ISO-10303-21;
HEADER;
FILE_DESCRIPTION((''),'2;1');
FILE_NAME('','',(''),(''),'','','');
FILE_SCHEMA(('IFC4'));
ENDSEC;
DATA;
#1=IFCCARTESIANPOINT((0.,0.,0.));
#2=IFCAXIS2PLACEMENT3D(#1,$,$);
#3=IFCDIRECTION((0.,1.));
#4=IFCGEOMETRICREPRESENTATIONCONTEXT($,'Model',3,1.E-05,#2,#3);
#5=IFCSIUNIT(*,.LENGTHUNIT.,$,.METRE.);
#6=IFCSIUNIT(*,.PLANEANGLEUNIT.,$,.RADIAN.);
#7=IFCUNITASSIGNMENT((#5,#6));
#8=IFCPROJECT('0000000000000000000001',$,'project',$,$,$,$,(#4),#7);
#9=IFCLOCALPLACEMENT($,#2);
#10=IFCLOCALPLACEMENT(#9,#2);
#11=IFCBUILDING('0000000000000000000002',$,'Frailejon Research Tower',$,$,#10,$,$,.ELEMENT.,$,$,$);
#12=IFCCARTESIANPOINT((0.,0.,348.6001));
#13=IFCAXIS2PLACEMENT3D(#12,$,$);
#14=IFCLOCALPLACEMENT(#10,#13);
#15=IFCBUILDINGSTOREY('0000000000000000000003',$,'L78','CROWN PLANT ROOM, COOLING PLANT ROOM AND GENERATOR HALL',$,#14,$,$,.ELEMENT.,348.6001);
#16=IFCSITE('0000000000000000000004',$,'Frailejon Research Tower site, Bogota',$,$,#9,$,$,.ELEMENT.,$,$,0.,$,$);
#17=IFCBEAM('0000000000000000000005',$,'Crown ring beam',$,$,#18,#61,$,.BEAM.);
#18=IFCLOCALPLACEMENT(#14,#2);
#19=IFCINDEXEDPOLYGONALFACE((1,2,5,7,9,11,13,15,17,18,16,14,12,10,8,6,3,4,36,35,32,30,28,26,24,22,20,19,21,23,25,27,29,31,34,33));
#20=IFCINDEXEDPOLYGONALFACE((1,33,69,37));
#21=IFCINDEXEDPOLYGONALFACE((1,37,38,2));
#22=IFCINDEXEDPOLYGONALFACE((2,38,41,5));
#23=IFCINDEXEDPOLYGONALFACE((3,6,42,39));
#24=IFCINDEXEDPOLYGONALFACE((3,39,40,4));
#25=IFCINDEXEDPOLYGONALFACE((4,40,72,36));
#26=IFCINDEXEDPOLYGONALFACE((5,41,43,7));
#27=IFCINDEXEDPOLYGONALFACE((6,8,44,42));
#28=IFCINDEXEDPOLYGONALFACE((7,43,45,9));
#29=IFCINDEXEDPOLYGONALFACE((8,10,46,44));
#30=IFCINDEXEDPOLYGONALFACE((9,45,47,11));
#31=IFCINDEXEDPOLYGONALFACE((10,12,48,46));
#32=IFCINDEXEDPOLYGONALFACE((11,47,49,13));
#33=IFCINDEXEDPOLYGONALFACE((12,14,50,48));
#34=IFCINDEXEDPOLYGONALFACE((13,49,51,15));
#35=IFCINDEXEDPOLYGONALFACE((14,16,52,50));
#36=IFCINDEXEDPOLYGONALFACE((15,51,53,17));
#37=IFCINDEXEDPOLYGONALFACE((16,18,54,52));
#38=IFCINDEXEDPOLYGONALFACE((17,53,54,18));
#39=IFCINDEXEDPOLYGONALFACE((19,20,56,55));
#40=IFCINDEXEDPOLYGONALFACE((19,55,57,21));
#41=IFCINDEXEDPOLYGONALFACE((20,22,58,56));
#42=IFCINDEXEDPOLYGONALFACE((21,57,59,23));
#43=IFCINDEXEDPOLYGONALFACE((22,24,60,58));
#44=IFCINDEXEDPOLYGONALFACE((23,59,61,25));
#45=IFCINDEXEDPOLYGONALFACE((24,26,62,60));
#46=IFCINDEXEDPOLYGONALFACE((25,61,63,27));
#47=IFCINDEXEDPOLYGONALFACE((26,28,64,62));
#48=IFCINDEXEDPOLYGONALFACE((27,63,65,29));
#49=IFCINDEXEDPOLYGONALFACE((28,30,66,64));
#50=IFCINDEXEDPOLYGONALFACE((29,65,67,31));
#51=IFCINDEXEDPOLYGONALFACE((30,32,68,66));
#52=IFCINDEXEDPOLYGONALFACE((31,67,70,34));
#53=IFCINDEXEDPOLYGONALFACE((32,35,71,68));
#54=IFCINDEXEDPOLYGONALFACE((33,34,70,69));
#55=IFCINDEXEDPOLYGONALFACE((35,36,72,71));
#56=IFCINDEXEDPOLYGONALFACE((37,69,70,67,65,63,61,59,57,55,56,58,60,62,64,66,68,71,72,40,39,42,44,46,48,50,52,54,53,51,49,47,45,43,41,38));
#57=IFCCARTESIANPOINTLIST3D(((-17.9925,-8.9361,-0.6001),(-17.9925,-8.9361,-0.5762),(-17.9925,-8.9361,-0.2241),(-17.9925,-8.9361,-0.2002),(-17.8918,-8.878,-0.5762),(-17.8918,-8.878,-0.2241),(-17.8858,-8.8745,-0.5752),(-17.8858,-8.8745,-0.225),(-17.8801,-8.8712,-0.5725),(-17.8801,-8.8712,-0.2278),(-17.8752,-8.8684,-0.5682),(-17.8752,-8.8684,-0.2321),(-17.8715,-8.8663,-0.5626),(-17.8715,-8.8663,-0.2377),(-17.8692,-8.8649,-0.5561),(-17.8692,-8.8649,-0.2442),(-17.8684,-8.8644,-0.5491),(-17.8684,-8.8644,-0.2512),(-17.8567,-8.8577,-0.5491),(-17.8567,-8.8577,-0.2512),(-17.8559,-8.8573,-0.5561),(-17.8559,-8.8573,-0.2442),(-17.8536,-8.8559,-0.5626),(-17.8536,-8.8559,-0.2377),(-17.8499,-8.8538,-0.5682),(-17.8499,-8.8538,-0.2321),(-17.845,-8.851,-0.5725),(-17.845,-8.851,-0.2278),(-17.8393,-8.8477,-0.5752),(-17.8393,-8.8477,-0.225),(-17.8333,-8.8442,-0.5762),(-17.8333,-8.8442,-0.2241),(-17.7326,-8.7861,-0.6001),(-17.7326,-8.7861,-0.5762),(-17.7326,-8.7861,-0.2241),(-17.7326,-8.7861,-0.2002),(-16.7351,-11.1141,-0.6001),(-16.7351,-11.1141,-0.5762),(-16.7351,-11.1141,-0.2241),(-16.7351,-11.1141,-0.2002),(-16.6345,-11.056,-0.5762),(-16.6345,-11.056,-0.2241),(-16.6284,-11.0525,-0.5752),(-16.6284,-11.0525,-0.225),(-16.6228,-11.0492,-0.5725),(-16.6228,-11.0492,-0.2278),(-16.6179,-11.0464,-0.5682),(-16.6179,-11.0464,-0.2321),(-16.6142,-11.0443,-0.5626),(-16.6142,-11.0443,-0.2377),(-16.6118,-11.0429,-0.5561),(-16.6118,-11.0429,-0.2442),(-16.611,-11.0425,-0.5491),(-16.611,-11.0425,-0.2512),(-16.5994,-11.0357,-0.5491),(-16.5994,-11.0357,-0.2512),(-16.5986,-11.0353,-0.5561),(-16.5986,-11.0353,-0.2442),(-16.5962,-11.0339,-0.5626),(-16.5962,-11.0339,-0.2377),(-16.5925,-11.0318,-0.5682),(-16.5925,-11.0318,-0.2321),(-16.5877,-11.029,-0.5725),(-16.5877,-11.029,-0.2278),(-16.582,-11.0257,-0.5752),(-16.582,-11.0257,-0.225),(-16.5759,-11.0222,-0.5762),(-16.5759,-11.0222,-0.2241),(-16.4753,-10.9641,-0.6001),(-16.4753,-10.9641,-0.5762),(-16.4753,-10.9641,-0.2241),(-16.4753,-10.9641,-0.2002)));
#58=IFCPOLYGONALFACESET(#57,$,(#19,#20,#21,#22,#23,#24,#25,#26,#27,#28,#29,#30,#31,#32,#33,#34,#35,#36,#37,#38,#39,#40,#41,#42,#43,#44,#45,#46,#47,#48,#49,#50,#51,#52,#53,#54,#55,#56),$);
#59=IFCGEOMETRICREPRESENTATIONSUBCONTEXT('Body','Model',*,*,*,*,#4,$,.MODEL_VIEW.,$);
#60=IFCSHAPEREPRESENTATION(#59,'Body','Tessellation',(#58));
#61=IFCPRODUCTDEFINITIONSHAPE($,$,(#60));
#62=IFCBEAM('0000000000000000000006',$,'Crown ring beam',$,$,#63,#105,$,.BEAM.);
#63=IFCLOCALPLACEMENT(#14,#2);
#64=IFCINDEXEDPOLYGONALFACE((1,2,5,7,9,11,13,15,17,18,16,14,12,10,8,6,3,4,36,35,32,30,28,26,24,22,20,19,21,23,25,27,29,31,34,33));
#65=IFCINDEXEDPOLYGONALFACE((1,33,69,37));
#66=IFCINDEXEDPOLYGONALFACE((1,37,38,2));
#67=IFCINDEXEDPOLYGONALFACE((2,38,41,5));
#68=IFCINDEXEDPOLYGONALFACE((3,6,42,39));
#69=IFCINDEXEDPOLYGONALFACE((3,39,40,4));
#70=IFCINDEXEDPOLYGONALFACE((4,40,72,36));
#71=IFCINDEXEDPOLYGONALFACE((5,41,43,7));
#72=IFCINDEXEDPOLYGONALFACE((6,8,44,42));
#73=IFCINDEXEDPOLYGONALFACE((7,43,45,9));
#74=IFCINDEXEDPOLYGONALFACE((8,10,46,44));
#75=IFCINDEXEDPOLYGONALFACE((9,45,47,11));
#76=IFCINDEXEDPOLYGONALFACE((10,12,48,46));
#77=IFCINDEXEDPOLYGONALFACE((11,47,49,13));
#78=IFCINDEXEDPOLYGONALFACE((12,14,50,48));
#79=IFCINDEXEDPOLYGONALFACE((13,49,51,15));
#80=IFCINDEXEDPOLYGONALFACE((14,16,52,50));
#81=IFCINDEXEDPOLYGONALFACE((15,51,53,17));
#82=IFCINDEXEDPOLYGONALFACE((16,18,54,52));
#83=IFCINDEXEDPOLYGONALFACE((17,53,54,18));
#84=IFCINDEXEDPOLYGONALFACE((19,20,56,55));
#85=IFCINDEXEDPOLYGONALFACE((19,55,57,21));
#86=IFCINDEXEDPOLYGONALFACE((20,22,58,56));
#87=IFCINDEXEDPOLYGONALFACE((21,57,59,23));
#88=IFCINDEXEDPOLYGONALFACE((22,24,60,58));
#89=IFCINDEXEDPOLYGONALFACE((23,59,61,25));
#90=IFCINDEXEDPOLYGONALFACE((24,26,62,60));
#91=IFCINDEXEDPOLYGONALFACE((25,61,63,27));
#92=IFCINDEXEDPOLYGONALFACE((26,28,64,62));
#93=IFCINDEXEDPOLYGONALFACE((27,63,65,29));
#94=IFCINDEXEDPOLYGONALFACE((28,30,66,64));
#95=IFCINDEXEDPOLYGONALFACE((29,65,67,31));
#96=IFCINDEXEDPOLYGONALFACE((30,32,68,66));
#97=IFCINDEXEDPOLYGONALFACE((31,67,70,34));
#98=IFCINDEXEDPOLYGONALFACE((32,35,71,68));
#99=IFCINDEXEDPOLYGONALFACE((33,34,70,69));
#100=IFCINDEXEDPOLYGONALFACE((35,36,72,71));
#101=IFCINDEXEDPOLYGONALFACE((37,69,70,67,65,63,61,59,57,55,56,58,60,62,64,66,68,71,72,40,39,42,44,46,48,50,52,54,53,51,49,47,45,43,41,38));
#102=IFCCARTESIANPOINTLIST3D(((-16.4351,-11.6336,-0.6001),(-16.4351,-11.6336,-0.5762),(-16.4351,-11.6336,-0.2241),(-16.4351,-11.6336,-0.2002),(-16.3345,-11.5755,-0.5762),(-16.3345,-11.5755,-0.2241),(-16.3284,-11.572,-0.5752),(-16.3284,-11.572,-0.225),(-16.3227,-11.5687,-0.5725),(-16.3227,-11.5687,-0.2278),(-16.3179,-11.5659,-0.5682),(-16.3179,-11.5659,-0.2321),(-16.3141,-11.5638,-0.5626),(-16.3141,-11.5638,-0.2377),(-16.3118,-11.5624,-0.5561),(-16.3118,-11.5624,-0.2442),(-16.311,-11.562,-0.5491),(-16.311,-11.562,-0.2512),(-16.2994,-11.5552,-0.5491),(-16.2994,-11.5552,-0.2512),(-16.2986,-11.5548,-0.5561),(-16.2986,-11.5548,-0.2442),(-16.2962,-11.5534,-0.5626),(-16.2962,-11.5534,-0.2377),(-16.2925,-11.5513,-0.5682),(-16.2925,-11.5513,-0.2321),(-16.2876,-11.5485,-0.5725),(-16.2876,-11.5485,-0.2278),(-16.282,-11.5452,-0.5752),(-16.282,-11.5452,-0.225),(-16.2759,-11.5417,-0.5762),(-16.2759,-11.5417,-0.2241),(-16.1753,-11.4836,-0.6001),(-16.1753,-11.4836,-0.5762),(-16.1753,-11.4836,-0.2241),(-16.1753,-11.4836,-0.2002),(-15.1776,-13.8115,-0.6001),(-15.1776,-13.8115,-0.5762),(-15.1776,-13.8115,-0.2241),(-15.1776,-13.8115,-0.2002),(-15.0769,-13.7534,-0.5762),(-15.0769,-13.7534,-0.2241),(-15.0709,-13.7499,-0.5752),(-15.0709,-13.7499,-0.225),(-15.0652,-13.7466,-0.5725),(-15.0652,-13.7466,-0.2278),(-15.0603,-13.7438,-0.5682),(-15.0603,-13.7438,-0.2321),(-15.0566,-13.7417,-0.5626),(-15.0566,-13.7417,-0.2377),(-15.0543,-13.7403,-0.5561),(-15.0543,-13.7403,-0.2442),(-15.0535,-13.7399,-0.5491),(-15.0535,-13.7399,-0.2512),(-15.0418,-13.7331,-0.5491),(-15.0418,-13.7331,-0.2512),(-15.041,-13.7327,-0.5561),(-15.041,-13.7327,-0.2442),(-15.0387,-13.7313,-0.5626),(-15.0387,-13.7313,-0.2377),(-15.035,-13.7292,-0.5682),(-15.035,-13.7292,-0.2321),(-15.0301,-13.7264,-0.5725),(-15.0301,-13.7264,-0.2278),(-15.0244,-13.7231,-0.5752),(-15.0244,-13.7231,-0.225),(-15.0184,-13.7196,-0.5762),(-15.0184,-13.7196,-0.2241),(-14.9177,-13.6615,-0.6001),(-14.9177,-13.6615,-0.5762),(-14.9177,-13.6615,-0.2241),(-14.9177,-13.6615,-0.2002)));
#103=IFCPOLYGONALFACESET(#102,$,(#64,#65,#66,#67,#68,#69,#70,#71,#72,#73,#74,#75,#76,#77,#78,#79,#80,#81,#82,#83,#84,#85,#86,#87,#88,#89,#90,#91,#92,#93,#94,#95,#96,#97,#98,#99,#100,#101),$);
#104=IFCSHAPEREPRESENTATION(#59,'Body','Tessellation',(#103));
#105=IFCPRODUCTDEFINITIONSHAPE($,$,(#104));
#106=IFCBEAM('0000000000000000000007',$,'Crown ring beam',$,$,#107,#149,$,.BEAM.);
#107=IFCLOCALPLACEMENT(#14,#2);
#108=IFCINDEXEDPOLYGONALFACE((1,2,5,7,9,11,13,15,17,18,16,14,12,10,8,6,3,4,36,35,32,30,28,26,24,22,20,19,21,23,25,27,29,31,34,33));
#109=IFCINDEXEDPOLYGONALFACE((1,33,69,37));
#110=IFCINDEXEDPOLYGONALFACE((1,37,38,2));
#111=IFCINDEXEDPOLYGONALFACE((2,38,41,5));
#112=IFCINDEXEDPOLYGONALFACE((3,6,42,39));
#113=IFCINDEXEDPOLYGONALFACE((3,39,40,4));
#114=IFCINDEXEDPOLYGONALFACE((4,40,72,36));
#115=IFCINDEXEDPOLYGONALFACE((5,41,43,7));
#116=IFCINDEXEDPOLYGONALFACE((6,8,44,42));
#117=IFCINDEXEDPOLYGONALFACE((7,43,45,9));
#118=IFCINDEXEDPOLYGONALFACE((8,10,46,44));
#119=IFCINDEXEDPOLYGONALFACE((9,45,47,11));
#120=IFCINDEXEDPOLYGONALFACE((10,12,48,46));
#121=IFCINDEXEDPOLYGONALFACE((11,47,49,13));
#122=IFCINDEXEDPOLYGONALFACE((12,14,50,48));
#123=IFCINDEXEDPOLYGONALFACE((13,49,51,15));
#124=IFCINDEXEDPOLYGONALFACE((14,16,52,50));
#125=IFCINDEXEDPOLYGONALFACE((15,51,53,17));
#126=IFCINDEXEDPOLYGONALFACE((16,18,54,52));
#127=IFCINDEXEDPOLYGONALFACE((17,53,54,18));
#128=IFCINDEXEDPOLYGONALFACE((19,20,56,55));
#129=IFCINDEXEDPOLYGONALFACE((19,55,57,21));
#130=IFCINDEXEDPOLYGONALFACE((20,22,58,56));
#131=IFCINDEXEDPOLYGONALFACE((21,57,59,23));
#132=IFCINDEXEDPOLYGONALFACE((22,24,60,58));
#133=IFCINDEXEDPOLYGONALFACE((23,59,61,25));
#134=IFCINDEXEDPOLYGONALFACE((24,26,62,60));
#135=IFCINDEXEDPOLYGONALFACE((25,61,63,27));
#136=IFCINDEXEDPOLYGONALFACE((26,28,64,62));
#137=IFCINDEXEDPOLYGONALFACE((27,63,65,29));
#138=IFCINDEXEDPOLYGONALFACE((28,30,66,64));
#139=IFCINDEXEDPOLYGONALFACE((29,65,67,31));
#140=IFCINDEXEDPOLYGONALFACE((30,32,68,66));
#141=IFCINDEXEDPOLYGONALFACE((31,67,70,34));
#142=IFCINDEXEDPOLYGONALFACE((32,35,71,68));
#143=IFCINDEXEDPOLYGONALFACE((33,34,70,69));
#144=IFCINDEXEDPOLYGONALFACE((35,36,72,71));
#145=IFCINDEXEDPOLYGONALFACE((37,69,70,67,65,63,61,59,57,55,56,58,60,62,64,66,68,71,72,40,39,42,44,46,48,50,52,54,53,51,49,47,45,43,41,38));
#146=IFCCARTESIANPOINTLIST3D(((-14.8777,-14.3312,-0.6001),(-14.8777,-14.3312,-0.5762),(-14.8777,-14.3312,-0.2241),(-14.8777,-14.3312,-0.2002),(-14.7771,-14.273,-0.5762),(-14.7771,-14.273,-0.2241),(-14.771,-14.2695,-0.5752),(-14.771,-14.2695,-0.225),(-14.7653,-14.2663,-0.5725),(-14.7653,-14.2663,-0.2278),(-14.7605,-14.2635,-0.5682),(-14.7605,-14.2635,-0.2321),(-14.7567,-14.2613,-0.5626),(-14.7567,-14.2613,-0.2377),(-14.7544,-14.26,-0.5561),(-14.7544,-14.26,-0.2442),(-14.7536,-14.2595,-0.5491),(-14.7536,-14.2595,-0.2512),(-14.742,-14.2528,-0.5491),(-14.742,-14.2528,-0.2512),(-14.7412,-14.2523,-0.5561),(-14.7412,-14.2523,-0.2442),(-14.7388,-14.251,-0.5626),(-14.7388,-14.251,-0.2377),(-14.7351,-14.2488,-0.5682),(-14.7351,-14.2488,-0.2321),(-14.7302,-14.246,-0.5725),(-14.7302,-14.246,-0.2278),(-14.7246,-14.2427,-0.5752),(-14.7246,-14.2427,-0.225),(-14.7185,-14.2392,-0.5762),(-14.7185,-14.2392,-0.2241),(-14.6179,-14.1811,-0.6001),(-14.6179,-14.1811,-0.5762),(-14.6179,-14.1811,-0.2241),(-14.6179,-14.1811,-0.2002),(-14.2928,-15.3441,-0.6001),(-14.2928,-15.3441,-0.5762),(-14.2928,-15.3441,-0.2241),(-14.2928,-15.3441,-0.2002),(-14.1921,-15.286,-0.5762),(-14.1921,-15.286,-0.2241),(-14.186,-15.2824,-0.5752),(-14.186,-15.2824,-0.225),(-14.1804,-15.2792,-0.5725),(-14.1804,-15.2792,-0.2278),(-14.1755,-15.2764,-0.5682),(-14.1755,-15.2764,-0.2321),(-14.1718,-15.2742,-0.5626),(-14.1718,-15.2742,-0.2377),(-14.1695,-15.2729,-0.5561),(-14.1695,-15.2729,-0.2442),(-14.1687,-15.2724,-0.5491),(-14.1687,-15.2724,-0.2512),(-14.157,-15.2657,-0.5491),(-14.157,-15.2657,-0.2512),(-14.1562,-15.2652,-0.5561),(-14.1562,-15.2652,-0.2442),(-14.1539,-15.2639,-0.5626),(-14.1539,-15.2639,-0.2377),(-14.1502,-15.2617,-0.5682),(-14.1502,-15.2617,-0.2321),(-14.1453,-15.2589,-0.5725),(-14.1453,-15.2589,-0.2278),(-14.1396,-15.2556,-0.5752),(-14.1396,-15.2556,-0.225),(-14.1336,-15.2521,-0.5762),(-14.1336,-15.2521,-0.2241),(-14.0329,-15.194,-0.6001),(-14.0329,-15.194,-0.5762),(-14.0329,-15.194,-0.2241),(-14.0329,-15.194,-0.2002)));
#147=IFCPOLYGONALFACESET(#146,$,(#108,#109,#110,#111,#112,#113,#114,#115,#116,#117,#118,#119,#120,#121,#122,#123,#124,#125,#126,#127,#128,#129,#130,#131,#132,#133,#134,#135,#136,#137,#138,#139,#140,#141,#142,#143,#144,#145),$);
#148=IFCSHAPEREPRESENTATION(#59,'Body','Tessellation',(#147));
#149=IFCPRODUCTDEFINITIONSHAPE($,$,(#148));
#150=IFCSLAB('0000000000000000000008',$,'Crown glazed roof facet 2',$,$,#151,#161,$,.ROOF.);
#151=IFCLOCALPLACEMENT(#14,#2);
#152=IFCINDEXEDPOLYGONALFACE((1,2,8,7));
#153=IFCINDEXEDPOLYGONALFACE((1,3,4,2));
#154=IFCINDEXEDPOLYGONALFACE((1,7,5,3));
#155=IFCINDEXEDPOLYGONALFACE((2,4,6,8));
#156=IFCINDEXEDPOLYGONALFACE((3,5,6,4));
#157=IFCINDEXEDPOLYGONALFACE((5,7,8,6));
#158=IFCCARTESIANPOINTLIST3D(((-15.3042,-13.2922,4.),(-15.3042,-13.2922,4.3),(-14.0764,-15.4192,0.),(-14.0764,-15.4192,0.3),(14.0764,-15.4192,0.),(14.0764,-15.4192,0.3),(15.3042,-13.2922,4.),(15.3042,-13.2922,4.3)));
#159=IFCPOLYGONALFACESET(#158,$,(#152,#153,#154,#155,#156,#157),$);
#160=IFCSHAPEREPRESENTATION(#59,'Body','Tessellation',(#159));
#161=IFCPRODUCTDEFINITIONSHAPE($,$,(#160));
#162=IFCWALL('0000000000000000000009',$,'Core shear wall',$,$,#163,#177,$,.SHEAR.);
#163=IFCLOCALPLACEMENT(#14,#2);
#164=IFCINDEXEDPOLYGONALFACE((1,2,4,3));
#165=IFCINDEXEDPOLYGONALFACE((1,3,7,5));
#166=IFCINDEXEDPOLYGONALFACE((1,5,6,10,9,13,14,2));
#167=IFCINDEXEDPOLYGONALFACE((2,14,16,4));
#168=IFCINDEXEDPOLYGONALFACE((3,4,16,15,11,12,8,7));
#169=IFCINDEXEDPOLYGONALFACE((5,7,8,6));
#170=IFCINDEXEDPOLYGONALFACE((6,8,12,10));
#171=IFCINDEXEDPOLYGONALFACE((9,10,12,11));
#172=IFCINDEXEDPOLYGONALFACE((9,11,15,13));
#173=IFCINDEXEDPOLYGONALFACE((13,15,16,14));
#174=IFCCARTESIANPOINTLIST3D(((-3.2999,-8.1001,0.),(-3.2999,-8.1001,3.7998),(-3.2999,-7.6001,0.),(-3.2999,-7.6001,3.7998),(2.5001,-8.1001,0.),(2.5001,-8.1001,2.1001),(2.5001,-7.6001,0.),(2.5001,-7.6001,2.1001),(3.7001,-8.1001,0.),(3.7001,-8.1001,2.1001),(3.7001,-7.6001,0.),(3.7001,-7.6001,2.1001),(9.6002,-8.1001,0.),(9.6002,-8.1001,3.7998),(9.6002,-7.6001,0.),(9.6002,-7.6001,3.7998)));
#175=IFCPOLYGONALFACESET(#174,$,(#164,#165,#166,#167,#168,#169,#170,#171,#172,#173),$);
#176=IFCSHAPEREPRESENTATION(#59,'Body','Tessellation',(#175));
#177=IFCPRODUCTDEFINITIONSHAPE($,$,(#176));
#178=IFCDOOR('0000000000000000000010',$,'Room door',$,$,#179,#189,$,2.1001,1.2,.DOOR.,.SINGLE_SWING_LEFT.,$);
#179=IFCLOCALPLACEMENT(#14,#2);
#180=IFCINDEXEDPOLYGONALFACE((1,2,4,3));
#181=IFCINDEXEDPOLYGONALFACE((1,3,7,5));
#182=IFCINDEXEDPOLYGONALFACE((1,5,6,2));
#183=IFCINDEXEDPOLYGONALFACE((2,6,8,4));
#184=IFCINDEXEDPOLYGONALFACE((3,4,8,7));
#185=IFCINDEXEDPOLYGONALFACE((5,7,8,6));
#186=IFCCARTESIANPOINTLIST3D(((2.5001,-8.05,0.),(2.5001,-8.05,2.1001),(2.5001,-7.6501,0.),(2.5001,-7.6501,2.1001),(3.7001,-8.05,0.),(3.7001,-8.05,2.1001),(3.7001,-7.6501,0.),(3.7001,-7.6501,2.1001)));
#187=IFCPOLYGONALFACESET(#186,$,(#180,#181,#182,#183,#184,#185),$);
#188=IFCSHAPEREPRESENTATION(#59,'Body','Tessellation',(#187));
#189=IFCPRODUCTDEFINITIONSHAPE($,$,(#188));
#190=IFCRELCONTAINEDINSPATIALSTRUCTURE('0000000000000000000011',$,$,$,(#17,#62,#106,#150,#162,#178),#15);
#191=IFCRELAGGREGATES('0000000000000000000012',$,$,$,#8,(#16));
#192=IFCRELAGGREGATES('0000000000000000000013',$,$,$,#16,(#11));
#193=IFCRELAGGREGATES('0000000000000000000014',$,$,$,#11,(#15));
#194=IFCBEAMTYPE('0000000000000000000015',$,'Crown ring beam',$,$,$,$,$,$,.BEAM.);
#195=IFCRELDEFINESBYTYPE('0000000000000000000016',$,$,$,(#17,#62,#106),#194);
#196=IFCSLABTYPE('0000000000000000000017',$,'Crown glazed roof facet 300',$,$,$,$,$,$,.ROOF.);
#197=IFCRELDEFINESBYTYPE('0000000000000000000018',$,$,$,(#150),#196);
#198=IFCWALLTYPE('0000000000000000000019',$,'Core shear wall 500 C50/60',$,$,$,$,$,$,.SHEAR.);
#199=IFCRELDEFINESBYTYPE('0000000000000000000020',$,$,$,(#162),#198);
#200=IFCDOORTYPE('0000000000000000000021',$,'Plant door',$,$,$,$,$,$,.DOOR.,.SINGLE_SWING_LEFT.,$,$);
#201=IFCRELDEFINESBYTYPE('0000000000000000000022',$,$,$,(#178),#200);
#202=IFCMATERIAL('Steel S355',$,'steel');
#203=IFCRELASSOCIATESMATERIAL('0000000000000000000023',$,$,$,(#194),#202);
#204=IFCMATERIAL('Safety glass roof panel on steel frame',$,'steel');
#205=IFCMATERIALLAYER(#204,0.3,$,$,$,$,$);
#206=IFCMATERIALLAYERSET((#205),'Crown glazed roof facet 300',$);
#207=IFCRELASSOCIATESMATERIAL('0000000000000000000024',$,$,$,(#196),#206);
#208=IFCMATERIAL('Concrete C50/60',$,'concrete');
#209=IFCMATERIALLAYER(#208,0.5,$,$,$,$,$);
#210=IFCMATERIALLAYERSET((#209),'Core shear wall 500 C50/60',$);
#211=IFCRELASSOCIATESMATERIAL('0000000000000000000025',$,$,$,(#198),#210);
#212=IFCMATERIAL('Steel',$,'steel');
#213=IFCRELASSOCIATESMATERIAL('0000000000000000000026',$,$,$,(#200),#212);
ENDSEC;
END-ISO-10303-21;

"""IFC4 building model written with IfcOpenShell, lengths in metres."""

from ifc_helpers import new_model, si_unit, direction, frame, frame_2d, origin, origin_2d, place, context, subcontext, project, spatial, polyline, rectangle, i_section, outline, extrude, material, layer, layer_set, material_profile, profile_set, type_object, element, fill, save


model = new_model("IFC4")

# Units and contexts
model_context = context("Model", 3, precision=1e-05, world=origin(), true_north=direction((0.0, 1.0)))
body_context = subcontext(model_context, "Body", "Model", "MODEL_VIEW")
ifc_project = project(units=[si_unit("LENGTHUNIT", "METRE"), si_unit("PLANEANGLEUNIT", "RADIAN")], contexts=[model_context])

# Site, building, storey
site_placement = place(None, origin())
site = spatial("IfcSite", under=ifc_project, at=site_placement, Name="Frailejon Research Tower site, Bogota", CompositionType="ELEMENT", RefElevation=0.0)
building_placement = place(site_placement, origin())
building = spatial("IfcBuilding", under=site, at=building_placement, Name="Frailejon Research Tower", CompositionType="ELEMENT")
storey_placement = place(building_placement, frame((0.0, 0.0, 348.6001)))
storey = spatial("IfcBuildingStorey", under=building, at=storey_placement, Name="L78", Description="CROWN PLANT ROOM, COOLING PLANT ROOM AND GENERATOR HALL", CompositionType="ELEMENT", Elevation=348.6001)

# Beams
ifc_material_1 = material(Name="Steel S355", Category="steel")
ifc_material_profile_1 = material_profile(ifc_material_1, i_section(OverallWidth=0.3, OverallDepth=0.3999, WebThickness=0.0134, FlangeThickness=0.0239, FilletRadius=0.0271, at=origin_2d()), Name="HE 400 B")
ifc_profile_set_1 = profile_set([ifc_material_profile_1], Name="Steel S355")
beam_type_1 = type_object("IfcBeamType", Name="Crown ring beam", PredefinedType="BEAM", material=ifc_profile_set_1)
for number, where, z_axis, x_axis, name in (
    (1, (-17.8625, -8.8611, -0.4001), (0.499961, -0.866048, 0.0), (0.866048, 0.499961, 0.0), "Crown ring beam"),
    (2, (-16.3052, -11.5586, -0.4001), (0.500033, -0.866006, 0.0), (0.866006, 0.500033, 0.0), "Crown ring beam"),
):
    element("IfcBeam", number, at=place(storey_placement, frame(where, z_axis=z_axis, x_axis=x_axis)), inside=storey, type_object=beam_type_1, Name=name, PredefinedType="BEAM", context=body_context, shape_type="SweptSolid", body=[
        extrude(i_section(OverallWidth=0.3, OverallDepth=0.3999, WebThickness=0.0134, FlangeThickness=0.0239, FilletRadius=0.0271, at=origin_2d()), origin(), (0.0, 0.0, 1.0), 2.5149),
    ])
beam_1_placement = place(storey_placement, frame((-14.1628, -15.269, -0.4001), z_axis=(-0.50009, 0.865974, 0.0), x_axis=(-0.865974, -0.50009, 0.0)))
element("IfcBeam", 3, at=beam_1_placement, inside=storey, type_object=beam_type_1, Name="Crown ring beam", PredefinedType="BEAM", context=body_context, shape_type="SweptSolid", body=[
    extrude(i_section(OverallWidth=0.3, OverallDepth=0.3999, WebThickness=0.0134, FlangeThickness=0.0239, FilletRadius=0.0271, at=origin_2d()), origin(), (0.0, 0.0, 1.0), 1.1697),
])

# Slab
ifc_material_2 = material(Name="Safety glass roof panel on steel frame", Category="steel")
ifc_layer_1 = layer(ifc_material_2, 0.3)
ifc_layer_set_1 = layer_set([ifc_layer_1], Name="Crown glazed roof facet 300")
slab_type = type_object("IfcSlabType", Name="Crown glazed roof facet 300", PredefinedType="ROOF", material=ifc_layer_set_1)
slab_placement = place(storey_placement, frame((-15.3042, -13.2922, 4.0), z_axis=(0.0, -0.882937, 0.469491), x_axis=(1.0, 0.0, 0.0)))
element("IfcSlab", 4, at=slab_placement, inside=storey, type_object=slab_type, Name="Crown glazed roof facet 2", PredefinedType="ROOF", context=body_context, shape_type="SweptSolid", body=[
    extrude(outline(polyline([(0.0, 0.0), (30.6084, 0.0), (29.3806, -4.5303), (1.2278, -4.5303), (0.0, 0.0)])), origin(), (0.0, 0.882937, 0.469491), 0.3),
])

# Wall, opening, door
ifc_material_3 = material(Name="Concrete C50/60", Category="concrete")
ifc_layer_2 = layer(ifc_material_3, 0.5)
ifc_layer_set_2 = layer_set([ifc_layer_2], Name="Core shear wall 500 C50/60")
wall_type_1 = type_object("IfcWallType", Name="Core shear wall 500 C50/60", PredefinedType="SHEAR", material=ifc_layer_set_2)
wall_1_placement = place(storey_placement, frame((-3.3, -7.8501, 0.0), z_axis=(0.0, 0.0, 1.0), x_axis=(1.0, 0.0, 0.0)))
wall_1 = element("IfcWall", 5, at=wall_1_placement, inside=storey, type_object=wall_type_1, Name="Core shear wall", PredefinedType="SHEAR", context=body_context, shape_type="SweptSolid", body=[
    extrude(rectangle(XDim=12.9001, YDim=0.5, at=frame_2d((6.4502, 0.0))), origin(), (0.0, 0.0, 1.0), 3.7998),
])
opening_1_placement = place(wall_1_placement, frame((5.8, 0.0, 0.0)))
opening_1 = element("IfcOpeningElement", 6, at=opening_1_placement, cuts=wall_1, PredefinedType="OPENING", context=body_context, shape_type="SweptSolid", body=[
    extrude(rectangle(XDim=1.2, YDim=2.1001, at=frame_2d((0.6001, 1.05))), frame((0.0, 0.26, 0.0), z_axis=(0.0, -1.0, 0.0), x_axis=(1.0, 0.0, 0.0)), (0.0, 0.0, 1.0), 0.52),
])
ifc_material_4 = material(Name="Steel", Category="steel")
door_type_1 = type_object("IfcDoorType", Name="Plant door", OperationType="SINGLE_SWING_LEFT", PredefinedType="DOOR", material=ifc_material_4)
door_1_placement = place(opening_1_placement, origin())
door_1 = element("IfcDoor", 7, at=door_1_placement, inside=storey, type_object=door_type_1, Name="Room door", OperationType="SINGLE_SWING_LEFT", OverallHeight=2.1001, OverallWidth=1.2, PredefinedType="DOOR", context=body_context, shape_type="SweptSolid", body=[
    extrude(rectangle(XDim=1.2, YDim=2.1001, at=frame_2d((0.6001, 1.05))), frame((0.0, 0.2, 0.0), z_axis=(0.0, -1.0, 0.0), x_axis=(1.0, 0.0, 0.0)), (0.0, 0.0, 1.0), 0.3999),
])
fill(opening_1, door_1)

save(model, "model.ifc")
